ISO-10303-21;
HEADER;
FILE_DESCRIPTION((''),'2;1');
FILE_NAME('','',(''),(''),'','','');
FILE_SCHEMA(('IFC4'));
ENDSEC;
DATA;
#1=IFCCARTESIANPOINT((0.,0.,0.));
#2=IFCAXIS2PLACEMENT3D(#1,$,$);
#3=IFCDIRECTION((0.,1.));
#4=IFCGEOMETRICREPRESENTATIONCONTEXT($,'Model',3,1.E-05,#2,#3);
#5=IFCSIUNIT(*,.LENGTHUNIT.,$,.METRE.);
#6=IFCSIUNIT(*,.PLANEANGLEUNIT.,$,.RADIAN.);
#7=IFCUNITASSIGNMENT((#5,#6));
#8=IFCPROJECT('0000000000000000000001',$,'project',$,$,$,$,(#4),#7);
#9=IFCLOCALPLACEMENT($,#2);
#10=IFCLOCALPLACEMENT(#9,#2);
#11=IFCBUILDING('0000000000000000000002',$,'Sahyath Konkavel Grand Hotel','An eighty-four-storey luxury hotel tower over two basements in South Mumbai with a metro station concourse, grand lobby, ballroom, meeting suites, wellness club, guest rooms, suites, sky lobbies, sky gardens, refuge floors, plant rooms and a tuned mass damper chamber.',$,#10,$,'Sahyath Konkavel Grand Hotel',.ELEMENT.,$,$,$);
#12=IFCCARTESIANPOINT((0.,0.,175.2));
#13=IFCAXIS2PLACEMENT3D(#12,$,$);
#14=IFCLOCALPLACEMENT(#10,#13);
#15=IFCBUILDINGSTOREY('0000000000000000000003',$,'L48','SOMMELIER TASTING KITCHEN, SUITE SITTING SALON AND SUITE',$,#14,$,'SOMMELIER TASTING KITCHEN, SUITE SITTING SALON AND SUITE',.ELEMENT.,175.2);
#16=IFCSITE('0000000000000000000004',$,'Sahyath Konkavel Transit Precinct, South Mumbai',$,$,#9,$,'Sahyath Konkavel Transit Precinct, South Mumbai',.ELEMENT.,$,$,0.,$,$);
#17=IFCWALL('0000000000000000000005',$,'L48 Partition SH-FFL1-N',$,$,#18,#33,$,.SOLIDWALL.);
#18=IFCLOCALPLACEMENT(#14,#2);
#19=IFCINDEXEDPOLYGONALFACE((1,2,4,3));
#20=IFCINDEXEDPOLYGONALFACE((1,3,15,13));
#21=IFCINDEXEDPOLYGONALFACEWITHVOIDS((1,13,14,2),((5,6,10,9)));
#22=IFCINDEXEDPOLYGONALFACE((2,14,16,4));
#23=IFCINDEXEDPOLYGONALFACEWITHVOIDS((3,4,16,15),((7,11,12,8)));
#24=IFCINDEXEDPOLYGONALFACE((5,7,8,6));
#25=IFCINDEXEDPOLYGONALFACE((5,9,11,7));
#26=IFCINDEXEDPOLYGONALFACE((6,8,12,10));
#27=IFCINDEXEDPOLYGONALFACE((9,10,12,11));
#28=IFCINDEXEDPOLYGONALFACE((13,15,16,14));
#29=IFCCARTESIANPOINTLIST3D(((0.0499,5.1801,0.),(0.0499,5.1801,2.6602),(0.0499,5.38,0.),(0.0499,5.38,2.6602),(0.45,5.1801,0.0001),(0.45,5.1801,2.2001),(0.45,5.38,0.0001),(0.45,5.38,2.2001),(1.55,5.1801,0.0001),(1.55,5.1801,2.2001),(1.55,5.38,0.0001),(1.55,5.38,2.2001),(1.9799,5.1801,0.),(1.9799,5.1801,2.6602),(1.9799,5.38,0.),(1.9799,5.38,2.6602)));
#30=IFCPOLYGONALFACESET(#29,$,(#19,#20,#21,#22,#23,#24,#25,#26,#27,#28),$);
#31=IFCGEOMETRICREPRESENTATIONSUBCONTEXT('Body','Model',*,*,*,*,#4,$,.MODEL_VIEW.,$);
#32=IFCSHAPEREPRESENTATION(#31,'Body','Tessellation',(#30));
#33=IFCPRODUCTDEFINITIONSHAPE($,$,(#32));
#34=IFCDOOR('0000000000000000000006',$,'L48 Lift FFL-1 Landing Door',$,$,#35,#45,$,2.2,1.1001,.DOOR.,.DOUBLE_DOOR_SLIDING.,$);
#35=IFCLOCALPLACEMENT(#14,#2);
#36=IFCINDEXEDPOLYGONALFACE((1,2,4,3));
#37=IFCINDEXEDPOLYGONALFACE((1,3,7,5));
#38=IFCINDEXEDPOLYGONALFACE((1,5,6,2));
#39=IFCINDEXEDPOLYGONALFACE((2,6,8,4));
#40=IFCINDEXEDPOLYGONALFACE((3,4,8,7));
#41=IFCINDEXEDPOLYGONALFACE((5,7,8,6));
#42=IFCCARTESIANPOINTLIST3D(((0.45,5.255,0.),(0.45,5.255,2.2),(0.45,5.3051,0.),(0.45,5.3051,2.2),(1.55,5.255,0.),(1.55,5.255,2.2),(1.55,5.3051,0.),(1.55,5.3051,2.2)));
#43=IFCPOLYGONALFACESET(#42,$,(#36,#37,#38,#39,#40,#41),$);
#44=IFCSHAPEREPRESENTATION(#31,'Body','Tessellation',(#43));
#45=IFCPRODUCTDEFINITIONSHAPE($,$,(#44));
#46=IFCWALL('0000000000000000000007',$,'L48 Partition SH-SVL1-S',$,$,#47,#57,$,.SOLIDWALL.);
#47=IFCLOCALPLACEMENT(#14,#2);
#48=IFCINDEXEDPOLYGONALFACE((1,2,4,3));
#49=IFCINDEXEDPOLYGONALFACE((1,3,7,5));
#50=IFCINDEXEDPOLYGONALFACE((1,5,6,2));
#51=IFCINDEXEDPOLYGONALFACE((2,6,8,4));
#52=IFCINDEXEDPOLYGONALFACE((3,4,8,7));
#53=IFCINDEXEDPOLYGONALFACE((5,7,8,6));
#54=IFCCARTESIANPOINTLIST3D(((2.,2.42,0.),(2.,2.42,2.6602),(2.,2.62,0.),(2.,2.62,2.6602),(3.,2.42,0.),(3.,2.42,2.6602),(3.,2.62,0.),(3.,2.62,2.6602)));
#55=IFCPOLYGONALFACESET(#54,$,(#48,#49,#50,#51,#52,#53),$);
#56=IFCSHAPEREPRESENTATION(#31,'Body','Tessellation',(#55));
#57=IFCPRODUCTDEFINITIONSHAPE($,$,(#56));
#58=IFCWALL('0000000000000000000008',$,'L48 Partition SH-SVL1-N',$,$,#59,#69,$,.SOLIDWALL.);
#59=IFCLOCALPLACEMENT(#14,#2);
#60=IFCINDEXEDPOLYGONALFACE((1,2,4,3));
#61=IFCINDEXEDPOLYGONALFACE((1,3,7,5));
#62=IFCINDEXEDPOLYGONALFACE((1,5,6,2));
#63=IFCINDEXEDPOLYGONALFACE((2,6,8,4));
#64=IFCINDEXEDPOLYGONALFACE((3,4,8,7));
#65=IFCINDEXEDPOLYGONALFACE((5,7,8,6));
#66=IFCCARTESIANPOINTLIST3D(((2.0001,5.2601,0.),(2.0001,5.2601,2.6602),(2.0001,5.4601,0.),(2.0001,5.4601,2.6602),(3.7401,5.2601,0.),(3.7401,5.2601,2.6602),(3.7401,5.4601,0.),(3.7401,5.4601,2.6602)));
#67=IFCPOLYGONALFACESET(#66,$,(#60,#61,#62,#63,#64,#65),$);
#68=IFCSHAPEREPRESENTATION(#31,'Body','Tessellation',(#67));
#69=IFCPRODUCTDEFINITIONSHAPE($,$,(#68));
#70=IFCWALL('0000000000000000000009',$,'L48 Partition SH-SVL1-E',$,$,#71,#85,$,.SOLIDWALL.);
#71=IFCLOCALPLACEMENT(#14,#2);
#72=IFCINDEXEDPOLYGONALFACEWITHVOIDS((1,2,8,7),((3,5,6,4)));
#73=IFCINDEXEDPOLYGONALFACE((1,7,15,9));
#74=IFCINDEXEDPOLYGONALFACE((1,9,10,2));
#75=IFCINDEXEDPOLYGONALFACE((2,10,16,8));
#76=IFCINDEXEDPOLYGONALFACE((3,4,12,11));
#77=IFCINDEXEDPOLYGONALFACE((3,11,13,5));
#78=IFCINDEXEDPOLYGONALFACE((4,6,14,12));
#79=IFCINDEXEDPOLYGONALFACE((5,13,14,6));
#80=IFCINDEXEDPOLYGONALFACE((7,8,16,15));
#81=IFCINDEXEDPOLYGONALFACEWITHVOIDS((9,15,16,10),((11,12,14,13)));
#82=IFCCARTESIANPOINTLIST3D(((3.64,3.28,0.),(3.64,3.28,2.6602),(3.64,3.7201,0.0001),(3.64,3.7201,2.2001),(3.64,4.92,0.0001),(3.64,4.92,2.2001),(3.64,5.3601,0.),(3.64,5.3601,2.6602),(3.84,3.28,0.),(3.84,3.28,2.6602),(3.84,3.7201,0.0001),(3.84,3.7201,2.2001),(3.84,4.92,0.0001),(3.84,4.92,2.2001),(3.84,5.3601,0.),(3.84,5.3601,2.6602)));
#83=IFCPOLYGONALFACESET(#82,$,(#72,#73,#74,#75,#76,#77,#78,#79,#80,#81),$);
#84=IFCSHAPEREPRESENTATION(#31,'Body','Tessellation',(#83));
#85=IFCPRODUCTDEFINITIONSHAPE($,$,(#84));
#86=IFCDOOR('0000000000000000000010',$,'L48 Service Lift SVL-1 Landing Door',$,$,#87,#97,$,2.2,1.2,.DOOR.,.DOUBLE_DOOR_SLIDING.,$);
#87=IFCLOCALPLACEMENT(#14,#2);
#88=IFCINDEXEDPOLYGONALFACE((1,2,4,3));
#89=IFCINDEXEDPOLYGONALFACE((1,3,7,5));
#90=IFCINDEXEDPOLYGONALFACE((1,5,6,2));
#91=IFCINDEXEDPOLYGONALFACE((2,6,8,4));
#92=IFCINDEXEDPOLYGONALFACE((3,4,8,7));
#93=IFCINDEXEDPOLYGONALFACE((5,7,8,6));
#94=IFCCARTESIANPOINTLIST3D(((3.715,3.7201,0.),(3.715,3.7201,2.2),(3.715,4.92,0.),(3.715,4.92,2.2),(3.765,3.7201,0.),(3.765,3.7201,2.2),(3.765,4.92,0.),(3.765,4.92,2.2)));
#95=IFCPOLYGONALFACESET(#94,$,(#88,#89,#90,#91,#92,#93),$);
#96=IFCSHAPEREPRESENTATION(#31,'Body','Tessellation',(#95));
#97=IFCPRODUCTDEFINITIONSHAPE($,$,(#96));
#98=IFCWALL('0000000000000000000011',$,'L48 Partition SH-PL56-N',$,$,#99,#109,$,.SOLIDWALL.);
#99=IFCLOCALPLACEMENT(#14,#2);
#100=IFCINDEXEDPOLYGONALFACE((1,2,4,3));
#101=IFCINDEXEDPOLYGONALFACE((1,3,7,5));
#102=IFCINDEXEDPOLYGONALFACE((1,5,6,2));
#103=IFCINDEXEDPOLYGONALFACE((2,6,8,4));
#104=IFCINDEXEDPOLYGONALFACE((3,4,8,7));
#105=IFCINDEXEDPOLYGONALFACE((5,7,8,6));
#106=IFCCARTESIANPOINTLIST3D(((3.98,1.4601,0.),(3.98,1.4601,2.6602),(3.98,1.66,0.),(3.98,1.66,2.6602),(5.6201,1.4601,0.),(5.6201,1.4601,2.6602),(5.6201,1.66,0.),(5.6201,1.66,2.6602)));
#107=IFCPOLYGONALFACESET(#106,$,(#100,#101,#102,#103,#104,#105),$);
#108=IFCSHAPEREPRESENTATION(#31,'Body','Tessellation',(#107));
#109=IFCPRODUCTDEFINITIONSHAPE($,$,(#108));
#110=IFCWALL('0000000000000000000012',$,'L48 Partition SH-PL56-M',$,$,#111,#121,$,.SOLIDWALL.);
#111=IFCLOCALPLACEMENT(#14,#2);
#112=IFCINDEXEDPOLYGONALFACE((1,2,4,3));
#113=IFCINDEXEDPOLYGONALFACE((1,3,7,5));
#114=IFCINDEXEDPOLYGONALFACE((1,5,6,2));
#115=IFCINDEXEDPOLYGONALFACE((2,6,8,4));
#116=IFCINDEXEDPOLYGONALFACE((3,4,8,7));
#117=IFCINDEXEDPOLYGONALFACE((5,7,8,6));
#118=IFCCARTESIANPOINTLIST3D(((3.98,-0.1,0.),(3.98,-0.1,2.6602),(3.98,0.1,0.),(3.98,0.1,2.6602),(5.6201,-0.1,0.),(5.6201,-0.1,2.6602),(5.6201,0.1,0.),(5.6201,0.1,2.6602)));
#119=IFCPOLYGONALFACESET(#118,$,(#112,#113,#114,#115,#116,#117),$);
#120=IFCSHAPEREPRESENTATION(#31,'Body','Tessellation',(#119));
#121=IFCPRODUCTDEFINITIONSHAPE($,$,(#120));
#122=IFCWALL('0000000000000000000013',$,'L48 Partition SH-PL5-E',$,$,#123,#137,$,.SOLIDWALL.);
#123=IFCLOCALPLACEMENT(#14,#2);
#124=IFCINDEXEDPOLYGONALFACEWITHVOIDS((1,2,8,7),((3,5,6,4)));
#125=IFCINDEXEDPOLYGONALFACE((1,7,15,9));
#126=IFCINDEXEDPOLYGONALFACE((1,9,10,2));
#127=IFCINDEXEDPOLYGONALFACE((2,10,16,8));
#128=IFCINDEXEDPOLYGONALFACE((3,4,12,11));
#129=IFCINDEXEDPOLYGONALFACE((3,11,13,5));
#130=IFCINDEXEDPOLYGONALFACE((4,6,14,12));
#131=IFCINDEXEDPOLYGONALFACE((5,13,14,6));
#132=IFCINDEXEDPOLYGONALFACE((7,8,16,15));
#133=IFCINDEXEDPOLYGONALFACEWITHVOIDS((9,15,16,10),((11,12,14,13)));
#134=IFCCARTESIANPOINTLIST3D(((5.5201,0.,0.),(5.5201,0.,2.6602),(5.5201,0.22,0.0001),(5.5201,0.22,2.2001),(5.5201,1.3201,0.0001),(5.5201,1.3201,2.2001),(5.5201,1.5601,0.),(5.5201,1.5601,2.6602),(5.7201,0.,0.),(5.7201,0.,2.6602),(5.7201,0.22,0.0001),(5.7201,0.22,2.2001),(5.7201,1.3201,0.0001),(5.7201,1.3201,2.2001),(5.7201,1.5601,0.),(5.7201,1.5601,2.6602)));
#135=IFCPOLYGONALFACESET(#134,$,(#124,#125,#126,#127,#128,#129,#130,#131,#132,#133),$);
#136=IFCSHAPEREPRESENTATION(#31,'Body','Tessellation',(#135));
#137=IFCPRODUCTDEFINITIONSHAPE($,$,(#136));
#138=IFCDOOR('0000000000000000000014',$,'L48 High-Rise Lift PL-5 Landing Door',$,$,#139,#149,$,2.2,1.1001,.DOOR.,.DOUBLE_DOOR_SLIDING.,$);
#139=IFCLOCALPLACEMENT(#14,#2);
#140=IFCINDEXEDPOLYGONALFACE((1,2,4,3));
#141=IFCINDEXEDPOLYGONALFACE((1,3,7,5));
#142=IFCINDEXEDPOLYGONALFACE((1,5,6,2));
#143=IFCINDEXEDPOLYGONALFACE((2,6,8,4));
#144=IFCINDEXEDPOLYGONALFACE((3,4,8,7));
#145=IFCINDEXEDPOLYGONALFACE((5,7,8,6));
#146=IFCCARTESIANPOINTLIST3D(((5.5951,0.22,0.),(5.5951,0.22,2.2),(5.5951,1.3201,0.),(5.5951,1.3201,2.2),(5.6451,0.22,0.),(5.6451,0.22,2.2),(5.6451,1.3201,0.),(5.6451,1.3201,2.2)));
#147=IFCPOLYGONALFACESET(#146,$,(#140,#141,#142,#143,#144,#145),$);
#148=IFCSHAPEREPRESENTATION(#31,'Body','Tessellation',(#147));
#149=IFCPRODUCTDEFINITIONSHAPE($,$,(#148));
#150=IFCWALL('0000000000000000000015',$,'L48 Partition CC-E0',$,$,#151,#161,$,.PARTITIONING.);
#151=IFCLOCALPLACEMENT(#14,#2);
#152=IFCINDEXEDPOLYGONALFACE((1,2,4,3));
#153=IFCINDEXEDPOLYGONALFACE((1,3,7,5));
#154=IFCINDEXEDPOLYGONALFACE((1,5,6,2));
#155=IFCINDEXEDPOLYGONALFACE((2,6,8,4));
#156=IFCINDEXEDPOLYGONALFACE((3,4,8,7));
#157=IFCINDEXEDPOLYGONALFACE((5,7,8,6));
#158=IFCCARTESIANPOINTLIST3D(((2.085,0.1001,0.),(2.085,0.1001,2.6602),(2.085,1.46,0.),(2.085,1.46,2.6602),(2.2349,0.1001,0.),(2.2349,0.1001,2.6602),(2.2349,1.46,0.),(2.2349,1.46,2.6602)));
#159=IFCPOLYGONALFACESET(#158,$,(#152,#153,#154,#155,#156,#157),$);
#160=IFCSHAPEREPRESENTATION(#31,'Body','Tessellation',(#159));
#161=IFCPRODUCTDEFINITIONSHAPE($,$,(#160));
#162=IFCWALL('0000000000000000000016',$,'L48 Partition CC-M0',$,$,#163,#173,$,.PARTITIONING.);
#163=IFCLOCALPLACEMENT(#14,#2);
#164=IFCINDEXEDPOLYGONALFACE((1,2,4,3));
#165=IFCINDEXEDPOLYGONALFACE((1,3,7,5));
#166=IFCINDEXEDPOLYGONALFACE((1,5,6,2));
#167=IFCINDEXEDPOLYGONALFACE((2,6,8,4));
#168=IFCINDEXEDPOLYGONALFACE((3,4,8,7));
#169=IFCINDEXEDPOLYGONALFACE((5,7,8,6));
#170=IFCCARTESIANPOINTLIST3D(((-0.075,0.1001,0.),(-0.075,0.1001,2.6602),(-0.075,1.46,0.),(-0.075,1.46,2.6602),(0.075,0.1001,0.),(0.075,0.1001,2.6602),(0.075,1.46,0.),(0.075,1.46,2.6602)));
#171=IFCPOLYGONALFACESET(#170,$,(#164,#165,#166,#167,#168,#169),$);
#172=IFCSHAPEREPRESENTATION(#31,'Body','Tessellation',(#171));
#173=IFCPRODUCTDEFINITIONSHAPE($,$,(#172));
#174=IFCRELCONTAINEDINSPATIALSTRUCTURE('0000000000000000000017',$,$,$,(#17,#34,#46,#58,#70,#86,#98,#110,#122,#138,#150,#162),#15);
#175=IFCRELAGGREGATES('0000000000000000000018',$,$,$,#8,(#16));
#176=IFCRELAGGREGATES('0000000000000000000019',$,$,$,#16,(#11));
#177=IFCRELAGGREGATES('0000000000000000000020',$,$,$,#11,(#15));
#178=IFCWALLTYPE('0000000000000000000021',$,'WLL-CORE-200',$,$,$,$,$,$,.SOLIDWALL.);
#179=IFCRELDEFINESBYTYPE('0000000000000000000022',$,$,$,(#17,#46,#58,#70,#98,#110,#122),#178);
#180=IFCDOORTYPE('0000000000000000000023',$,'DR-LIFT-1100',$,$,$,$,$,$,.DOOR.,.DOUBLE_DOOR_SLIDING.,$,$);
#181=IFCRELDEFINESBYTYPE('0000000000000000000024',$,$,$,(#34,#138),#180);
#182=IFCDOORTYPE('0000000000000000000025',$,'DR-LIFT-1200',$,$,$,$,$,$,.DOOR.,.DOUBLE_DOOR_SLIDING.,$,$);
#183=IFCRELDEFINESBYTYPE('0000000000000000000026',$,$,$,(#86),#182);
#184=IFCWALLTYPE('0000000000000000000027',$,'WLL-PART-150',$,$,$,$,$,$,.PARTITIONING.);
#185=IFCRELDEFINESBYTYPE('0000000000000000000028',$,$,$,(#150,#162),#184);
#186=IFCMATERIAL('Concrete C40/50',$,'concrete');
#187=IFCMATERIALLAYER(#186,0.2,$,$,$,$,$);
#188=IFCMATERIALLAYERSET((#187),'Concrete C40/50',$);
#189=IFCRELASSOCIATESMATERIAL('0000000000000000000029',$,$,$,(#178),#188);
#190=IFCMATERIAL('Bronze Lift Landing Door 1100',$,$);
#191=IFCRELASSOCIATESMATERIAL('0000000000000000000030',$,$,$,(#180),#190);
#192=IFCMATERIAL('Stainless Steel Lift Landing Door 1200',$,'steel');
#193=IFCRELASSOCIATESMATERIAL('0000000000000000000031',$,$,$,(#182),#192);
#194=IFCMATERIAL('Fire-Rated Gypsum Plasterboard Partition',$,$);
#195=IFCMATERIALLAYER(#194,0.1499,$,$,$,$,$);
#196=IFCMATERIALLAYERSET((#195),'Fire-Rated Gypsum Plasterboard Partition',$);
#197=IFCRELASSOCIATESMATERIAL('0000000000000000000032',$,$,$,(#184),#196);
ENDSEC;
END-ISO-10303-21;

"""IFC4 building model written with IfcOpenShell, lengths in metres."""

from ifc_helpers import new_model, si_unit, direction, frame, frame_2d, origin, origin_2d, place, context, subcontext, project, spatial, rectangle, extrude, source, transform, mapped, material, layer, layer_set, type_object, element, fill, save


model = new_model("IFC4")

# Units and contexts
model_context = context("Model", 3, precision=1e-05, world=origin(), true_north=direction((0.0, 1.0)))
body_context = subcontext(model_context, "Body", "Model", "MODEL_VIEW")
ifc_project = project(units=[si_unit("LENGTHUNIT", "METRE"), si_unit("PLANEANGLEUNIT", "RADIAN")], contexts=[model_context])

# Site, building, storey
site_placement = place(None, origin())
site = spatial("IfcSite", under=ifc_project, at=site_placement, Name="Sahyath Konkavel Transit Precinct, South Mumbai", LongName="Sahyath Konkavel Transit Precinct, South Mumbai", CompositionType="ELEMENT", RefElevation=0.0)
building_placement = place(site_placement, origin())
building = spatial("IfcBuilding", under=site, at=building_placement, Name="Sahyath Konkavel Grand Hotel", Description="An eighty-four-storey luxury hotel tower over two basements in South Mumbai with a metro station concourse, grand lobby, ballroom, meeting suites, wellness club, guest rooms, suites, sky lobbies, sky gardens, refuge floors, plant rooms and a tuned mass damper chamber.", LongName="Sahyath Konkavel Grand Hotel", CompositionType="ELEMENT")
storey_placement = place(building_placement, frame((0.0, 0.0, 175.2)))
storey = spatial("IfcBuildingStorey", under=building, at=storey_placement, Name="L48", Description="SOMMELIER TASTING KITCHEN, SUITE SITTING SALON AND SUITE", LongName="SOMMELIER TASTING KITCHEN, SUITE SITTING SALON AND SUITE", CompositionType="ELEMENT", Elevation=175.2)

# Shared definitions
ifc_material_1 = material(Name="Concrete C40/50", Category="concrete")

# Shared definitions
ifc_layer_1 = layer(ifc_material_1, 0.2)
ifc_layer_set_1 = layer_set([ifc_layer_1], Name="Concrete C40/50")
wall_type_1 = type_object("IfcWallType", Name="WLL-CORE-200", PredefinedType="SOLIDWALL", material=ifc_layer_set_1)

# Wall, opening, door
wall_1_placement = place(storey_placement, frame((0.05, 5.28, 0.0), z_axis=(0.0, 0.0, 1.0), x_axis=(1.0, 0.0, 0.0)))
wall_1 = element("IfcWall", 1, at=wall_1_placement, inside=storey, type_object=wall_type_1, Name="L48 Partition SH-FFL1-N", PredefinedType="SOLIDWALL", context=body_context, shape_type="SweptSolid", body=[
    extrude(rectangle(XDim=1.9299, YDim=0.2, at=frame_2d((0.9648, 0.0))), origin(), (0.0, 0.0, 1.0), 2.6602),
])
opening_1_placement = place(wall_1_placement, frame((0.3999, 0.0, 0.0)))
opening_1 = element("IfcOpeningElement", 2, at=opening_1_placement, cuts=wall_1, PredefinedType="OPENING", context=body_context, shape_type="SweptSolid", body=[
    extrude(rectangle(XDim=1.1001, YDim=2.2, at=frame_2d((0.55, 1.1001))), frame((0.0, 0.1099, 0.0), z_axis=(0.0, -1.0, 0.0), x_axis=(1.0, 0.0, 0.0)), (0.0, 0.0, 1.0), 0.22),
])
ifc_material_2 = material(Name="Bronze Lift Landing Door 1100")
door_type_1 = type_object("IfcDoorType", Name="DR-LIFT-1100", OperationType="DOUBLE_DOOR_SLIDING", PredefinedType="DOOR", material=ifc_material_2)
shared_shape_1 = source(origin(), body_context, "Body", "SweptSolid", [
    extrude(rectangle(XDim=1.1001, YDim=0.05, at=origin_2d()), origin(), (0.0, 0.0, 1.0), 2.2),
])
door_1_placement = place(opening_1_placement, frame((0.55, 0.0, 0.0)))
door_1 = element("IfcDoor", 3, at=door_1_placement, inside=storey, type_object=door_type_1, Name="L48 Lift FFL-1 Landing Door", OperationType="DOUBLE_DOOR_SLIDING", OverallHeight=2.2, OverallWidth=1.1001, PredefinedType="DOOR", context=body_context, shape_type="MappedRepresentation", body=[
    mapped(shared_shape_1, transform((0.0, 0.0, 0.0), scale=1.0)),
])
fill(opening_1, door_1)

# Walls
wall_2_placement = place(storey_placement, frame((2.0, 2.52, 0.0), z_axis=(0.0, 0.0, 1.0), x_axis=(1.0, 0.0, 0.0)))
element("IfcWall", 4, at=wall_2_placement, inside=storey, type_object=wall_type_1, Name="L48 Partition SH-SVL1-S", PredefinedType="SOLIDWALL", context=body_context, shape_type="SweptSolid", body=[
    extrude(rectangle(XDim=1.0, YDim=0.2, at=frame_2d((0.5, 0.0))), origin(), (0.0, 0.0, 1.0), 2.6602),
])
wall_3_placement = place(storey_placement, frame((2.0, 5.3601, 0.0), z_axis=(0.0, 0.0, 1.0), x_axis=(1.0, 0.0, 0.0)))
element("IfcWall", 5, at=wall_3_placement, inside=storey, type_object=wall_type_1, Name="L48 Partition SH-SVL1-N", PredefinedType="SOLIDWALL", context=body_context, shape_type="SweptSolid", body=[
    extrude(rectangle(XDim=1.74, YDim=0.2, at=frame_2d((0.8701, 0.0))), origin(), (0.0, 0.0, 1.0), 2.6602),
])

# Wall, opening, door
wall_4_placement = place(storey_placement, frame((3.74, 3.28, 0.0), z_axis=(0.0, 0.0, 1.0), x_axis=(0.0, 1.0, 0.0)))
wall_4 = element("IfcWall", 6, at=wall_4_placement, inside=storey, type_object=wall_type_1, Name="L48 Partition SH-SVL1-E", PredefinedType="SOLIDWALL", context=body_context, shape_type="SweptSolid", body=[
    extrude(rectangle(XDim=2.0801, YDim=0.2, at=frame_2d((1.04, 0.0))), origin(), (0.0, 0.0, 1.0), 2.6602),
])
opening_2_placement = place(wall_4_placement, frame((0.4399, 0.0, 0.0)))
opening_2 = element("IfcOpeningElement", 7, at=opening_2_placement, cuts=wall_4, PredefinedType="OPENING", context=body_context, shape_type="SweptSolid", body=[
    extrude(rectangle(XDim=1.2, YDim=2.2, at=frame_2d((0.6001, 1.1001))), frame((0.0, 0.1099, 0.0), z_axis=(0.0, -1.0, 0.0), x_axis=(1.0, 0.0, 0.0)), (0.0, 0.0, 1.0), 0.22),
])
ifc_material_3 = material(Name="Stainless Steel Lift Landing Door 1200", Category="steel")
door_type_2 = type_object("IfcDoorType", Name="DR-LIFT-1200", OperationType="DOUBLE_DOOR_SLIDING", PredefinedType="DOOR", material=ifc_material_3)
shared_shape_2 = source(origin(), body_context, "Body", "SweptSolid", [
    extrude(rectangle(XDim=1.2, YDim=0.05, at=origin_2d()), origin(), (0.0, 0.0, 1.0), 2.2),
])
door_2_placement = place(opening_2_placement, frame((0.6001, 0.0, 0.0)))
door_2 = element("IfcDoor", 8, at=door_2_placement, inside=storey, type_object=door_type_2, Name="L48 Service Lift SVL-1 Landing Door", OperationType="DOUBLE_DOOR_SLIDING", OverallHeight=2.2, OverallWidth=1.2, PredefinedType="DOOR", context=body_context, shape_type="MappedRepresentation", body=[
    mapped(shared_shape_2, transform((0.0, 0.0, 0.0), scale=1.0)),
])
fill(opening_2, door_2)

# Walls
for number, where, z_axis, x_axis, name in (
    (9, (3.98, 1.5601, 0.0), (0.0, 0.0, 1.0), (1.0, 0.0, 0.0), "L48 Partition SH-PL56-N"),
    (10, (3.98, 0.0, 0.0), (0.0, 0.0, 1.0), (1.0, 0.0, 0.0), "L48 Partition SH-PL56-M"),
):
    element("IfcWall", number, at=place(storey_placement, frame(where, z_axis=z_axis, x_axis=x_axis)), inside=storey, type_object=wall_type_1, Name=name, PredefinedType="SOLIDWALL", context=body_context, shape_type="SweptSolid", body=[
        extrude(rectangle(XDim=1.6401, YDim=0.2, at=frame_2d((0.8201, 0.0))), origin(), (0.0, 0.0, 1.0), 2.6602),
    ])

# Wall, opening, door
wall_5_placement = place(storey_placement, frame((5.6201, 0.0, 0.0), z_axis=(0.0, 0.0, 1.0), x_axis=(0.0, 1.0, 0.0)))
wall_5 = element("IfcWall", 11, at=wall_5_placement, inside=storey, type_object=wall_type_1, Name="L48 Partition SH-PL5-E", PredefinedType="SOLIDWALL", context=body_context, shape_type="SweptSolid", body=[
    extrude(rectangle(XDim=1.5601, YDim=0.2, at=frame_2d((0.78, 0.0))), origin(), (0.0, 0.0, 1.0), 2.6602),
])
opening_3_placement = place(wall_5_placement, frame((0.22, 0.0, 0.0)))
opening_3 = element("IfcOpeningElement", 12, at=opening_3_placement, cuts=wall_5, PredefinedType="OPENING", context=body_context, shape_type="SweptSolid", body=[
    extrude(rectangle(XDim=1.1001, YDim=2.2, at=frame_2d((0.55, 1.1001))), frame((0.0, 0.1099, 0.0), z_axis=(0.0, -1.0, 0.0), x_axis=(1.0, 0.0, 0.0)), (0.0, 0.0, 1.0), 0.22),
])
door_3_placement = place(opening_3_placement, frame((0.55, 0.0, 0.0)))
door_3 = element("IfcDoor", 13, at=door_3_placement, inside=storey, type_object=door_type_1, Name="L48 High-Rise Lift PL-5 Landing Door", OperationType="DOUBLE_DOOR_SLIDING", OverallHeight=2.2, OverallWidth=1.1001, PredefinedType="DOOR", context=body_context, shape_type="MappedRepresentation", body=[
    mapped(shared_shape_1, transform((0.0, 0.0, 0.0), scale=1.0)),
])
fill(opening_3, door_3)

# Walls
ifc_material_4 = material(Name="Fire-Rated Gypsum Plasterboard Partition")
ifc_layer_2 = layer(ifc_material_4, 0.1499)
ifc_layer_set_2 = layer_set([ifc_layer_2], Name="Fire-Rated Gypsum Plasterboard Partition")
wall_type_2 = type_object("IfcWallType", Name="WLL-PART-150", PredefinedType="PARTITIONING", material=ifc_layer_set_2)
for number, where, z_axis, x_axis, name in (
    (14, (2.1599, 0.1001, 0.0), (0.0, 0.0, 1.0), (0.0, 1.0, 0.0), "L48 Partition CC-E0"),
    (15, (0.0, 0.1001, 0.0), (0.0, 0.0, 1.0), (0.0, 1.0, 0.0), "L48 Partition CC-M0"),
):
    element("IfcWall", number, at=place(storey_placement, frame(where, z_axis=z_axis, x_axis=x_axis)), inside=storey, type_object=wall_type_2, Name=name, PredefinedType="PARTITIONING", context=body_context, shape_type="SweptSolid", body=[
        extrude(rectangle(XDim=1.3599, YDim=0.1499, at=frame_2d((0.6799, 0.0))), origin(), (0.0, 0.0, 1.0), 2.6602),
    ])

save(model, "model.ifc")
